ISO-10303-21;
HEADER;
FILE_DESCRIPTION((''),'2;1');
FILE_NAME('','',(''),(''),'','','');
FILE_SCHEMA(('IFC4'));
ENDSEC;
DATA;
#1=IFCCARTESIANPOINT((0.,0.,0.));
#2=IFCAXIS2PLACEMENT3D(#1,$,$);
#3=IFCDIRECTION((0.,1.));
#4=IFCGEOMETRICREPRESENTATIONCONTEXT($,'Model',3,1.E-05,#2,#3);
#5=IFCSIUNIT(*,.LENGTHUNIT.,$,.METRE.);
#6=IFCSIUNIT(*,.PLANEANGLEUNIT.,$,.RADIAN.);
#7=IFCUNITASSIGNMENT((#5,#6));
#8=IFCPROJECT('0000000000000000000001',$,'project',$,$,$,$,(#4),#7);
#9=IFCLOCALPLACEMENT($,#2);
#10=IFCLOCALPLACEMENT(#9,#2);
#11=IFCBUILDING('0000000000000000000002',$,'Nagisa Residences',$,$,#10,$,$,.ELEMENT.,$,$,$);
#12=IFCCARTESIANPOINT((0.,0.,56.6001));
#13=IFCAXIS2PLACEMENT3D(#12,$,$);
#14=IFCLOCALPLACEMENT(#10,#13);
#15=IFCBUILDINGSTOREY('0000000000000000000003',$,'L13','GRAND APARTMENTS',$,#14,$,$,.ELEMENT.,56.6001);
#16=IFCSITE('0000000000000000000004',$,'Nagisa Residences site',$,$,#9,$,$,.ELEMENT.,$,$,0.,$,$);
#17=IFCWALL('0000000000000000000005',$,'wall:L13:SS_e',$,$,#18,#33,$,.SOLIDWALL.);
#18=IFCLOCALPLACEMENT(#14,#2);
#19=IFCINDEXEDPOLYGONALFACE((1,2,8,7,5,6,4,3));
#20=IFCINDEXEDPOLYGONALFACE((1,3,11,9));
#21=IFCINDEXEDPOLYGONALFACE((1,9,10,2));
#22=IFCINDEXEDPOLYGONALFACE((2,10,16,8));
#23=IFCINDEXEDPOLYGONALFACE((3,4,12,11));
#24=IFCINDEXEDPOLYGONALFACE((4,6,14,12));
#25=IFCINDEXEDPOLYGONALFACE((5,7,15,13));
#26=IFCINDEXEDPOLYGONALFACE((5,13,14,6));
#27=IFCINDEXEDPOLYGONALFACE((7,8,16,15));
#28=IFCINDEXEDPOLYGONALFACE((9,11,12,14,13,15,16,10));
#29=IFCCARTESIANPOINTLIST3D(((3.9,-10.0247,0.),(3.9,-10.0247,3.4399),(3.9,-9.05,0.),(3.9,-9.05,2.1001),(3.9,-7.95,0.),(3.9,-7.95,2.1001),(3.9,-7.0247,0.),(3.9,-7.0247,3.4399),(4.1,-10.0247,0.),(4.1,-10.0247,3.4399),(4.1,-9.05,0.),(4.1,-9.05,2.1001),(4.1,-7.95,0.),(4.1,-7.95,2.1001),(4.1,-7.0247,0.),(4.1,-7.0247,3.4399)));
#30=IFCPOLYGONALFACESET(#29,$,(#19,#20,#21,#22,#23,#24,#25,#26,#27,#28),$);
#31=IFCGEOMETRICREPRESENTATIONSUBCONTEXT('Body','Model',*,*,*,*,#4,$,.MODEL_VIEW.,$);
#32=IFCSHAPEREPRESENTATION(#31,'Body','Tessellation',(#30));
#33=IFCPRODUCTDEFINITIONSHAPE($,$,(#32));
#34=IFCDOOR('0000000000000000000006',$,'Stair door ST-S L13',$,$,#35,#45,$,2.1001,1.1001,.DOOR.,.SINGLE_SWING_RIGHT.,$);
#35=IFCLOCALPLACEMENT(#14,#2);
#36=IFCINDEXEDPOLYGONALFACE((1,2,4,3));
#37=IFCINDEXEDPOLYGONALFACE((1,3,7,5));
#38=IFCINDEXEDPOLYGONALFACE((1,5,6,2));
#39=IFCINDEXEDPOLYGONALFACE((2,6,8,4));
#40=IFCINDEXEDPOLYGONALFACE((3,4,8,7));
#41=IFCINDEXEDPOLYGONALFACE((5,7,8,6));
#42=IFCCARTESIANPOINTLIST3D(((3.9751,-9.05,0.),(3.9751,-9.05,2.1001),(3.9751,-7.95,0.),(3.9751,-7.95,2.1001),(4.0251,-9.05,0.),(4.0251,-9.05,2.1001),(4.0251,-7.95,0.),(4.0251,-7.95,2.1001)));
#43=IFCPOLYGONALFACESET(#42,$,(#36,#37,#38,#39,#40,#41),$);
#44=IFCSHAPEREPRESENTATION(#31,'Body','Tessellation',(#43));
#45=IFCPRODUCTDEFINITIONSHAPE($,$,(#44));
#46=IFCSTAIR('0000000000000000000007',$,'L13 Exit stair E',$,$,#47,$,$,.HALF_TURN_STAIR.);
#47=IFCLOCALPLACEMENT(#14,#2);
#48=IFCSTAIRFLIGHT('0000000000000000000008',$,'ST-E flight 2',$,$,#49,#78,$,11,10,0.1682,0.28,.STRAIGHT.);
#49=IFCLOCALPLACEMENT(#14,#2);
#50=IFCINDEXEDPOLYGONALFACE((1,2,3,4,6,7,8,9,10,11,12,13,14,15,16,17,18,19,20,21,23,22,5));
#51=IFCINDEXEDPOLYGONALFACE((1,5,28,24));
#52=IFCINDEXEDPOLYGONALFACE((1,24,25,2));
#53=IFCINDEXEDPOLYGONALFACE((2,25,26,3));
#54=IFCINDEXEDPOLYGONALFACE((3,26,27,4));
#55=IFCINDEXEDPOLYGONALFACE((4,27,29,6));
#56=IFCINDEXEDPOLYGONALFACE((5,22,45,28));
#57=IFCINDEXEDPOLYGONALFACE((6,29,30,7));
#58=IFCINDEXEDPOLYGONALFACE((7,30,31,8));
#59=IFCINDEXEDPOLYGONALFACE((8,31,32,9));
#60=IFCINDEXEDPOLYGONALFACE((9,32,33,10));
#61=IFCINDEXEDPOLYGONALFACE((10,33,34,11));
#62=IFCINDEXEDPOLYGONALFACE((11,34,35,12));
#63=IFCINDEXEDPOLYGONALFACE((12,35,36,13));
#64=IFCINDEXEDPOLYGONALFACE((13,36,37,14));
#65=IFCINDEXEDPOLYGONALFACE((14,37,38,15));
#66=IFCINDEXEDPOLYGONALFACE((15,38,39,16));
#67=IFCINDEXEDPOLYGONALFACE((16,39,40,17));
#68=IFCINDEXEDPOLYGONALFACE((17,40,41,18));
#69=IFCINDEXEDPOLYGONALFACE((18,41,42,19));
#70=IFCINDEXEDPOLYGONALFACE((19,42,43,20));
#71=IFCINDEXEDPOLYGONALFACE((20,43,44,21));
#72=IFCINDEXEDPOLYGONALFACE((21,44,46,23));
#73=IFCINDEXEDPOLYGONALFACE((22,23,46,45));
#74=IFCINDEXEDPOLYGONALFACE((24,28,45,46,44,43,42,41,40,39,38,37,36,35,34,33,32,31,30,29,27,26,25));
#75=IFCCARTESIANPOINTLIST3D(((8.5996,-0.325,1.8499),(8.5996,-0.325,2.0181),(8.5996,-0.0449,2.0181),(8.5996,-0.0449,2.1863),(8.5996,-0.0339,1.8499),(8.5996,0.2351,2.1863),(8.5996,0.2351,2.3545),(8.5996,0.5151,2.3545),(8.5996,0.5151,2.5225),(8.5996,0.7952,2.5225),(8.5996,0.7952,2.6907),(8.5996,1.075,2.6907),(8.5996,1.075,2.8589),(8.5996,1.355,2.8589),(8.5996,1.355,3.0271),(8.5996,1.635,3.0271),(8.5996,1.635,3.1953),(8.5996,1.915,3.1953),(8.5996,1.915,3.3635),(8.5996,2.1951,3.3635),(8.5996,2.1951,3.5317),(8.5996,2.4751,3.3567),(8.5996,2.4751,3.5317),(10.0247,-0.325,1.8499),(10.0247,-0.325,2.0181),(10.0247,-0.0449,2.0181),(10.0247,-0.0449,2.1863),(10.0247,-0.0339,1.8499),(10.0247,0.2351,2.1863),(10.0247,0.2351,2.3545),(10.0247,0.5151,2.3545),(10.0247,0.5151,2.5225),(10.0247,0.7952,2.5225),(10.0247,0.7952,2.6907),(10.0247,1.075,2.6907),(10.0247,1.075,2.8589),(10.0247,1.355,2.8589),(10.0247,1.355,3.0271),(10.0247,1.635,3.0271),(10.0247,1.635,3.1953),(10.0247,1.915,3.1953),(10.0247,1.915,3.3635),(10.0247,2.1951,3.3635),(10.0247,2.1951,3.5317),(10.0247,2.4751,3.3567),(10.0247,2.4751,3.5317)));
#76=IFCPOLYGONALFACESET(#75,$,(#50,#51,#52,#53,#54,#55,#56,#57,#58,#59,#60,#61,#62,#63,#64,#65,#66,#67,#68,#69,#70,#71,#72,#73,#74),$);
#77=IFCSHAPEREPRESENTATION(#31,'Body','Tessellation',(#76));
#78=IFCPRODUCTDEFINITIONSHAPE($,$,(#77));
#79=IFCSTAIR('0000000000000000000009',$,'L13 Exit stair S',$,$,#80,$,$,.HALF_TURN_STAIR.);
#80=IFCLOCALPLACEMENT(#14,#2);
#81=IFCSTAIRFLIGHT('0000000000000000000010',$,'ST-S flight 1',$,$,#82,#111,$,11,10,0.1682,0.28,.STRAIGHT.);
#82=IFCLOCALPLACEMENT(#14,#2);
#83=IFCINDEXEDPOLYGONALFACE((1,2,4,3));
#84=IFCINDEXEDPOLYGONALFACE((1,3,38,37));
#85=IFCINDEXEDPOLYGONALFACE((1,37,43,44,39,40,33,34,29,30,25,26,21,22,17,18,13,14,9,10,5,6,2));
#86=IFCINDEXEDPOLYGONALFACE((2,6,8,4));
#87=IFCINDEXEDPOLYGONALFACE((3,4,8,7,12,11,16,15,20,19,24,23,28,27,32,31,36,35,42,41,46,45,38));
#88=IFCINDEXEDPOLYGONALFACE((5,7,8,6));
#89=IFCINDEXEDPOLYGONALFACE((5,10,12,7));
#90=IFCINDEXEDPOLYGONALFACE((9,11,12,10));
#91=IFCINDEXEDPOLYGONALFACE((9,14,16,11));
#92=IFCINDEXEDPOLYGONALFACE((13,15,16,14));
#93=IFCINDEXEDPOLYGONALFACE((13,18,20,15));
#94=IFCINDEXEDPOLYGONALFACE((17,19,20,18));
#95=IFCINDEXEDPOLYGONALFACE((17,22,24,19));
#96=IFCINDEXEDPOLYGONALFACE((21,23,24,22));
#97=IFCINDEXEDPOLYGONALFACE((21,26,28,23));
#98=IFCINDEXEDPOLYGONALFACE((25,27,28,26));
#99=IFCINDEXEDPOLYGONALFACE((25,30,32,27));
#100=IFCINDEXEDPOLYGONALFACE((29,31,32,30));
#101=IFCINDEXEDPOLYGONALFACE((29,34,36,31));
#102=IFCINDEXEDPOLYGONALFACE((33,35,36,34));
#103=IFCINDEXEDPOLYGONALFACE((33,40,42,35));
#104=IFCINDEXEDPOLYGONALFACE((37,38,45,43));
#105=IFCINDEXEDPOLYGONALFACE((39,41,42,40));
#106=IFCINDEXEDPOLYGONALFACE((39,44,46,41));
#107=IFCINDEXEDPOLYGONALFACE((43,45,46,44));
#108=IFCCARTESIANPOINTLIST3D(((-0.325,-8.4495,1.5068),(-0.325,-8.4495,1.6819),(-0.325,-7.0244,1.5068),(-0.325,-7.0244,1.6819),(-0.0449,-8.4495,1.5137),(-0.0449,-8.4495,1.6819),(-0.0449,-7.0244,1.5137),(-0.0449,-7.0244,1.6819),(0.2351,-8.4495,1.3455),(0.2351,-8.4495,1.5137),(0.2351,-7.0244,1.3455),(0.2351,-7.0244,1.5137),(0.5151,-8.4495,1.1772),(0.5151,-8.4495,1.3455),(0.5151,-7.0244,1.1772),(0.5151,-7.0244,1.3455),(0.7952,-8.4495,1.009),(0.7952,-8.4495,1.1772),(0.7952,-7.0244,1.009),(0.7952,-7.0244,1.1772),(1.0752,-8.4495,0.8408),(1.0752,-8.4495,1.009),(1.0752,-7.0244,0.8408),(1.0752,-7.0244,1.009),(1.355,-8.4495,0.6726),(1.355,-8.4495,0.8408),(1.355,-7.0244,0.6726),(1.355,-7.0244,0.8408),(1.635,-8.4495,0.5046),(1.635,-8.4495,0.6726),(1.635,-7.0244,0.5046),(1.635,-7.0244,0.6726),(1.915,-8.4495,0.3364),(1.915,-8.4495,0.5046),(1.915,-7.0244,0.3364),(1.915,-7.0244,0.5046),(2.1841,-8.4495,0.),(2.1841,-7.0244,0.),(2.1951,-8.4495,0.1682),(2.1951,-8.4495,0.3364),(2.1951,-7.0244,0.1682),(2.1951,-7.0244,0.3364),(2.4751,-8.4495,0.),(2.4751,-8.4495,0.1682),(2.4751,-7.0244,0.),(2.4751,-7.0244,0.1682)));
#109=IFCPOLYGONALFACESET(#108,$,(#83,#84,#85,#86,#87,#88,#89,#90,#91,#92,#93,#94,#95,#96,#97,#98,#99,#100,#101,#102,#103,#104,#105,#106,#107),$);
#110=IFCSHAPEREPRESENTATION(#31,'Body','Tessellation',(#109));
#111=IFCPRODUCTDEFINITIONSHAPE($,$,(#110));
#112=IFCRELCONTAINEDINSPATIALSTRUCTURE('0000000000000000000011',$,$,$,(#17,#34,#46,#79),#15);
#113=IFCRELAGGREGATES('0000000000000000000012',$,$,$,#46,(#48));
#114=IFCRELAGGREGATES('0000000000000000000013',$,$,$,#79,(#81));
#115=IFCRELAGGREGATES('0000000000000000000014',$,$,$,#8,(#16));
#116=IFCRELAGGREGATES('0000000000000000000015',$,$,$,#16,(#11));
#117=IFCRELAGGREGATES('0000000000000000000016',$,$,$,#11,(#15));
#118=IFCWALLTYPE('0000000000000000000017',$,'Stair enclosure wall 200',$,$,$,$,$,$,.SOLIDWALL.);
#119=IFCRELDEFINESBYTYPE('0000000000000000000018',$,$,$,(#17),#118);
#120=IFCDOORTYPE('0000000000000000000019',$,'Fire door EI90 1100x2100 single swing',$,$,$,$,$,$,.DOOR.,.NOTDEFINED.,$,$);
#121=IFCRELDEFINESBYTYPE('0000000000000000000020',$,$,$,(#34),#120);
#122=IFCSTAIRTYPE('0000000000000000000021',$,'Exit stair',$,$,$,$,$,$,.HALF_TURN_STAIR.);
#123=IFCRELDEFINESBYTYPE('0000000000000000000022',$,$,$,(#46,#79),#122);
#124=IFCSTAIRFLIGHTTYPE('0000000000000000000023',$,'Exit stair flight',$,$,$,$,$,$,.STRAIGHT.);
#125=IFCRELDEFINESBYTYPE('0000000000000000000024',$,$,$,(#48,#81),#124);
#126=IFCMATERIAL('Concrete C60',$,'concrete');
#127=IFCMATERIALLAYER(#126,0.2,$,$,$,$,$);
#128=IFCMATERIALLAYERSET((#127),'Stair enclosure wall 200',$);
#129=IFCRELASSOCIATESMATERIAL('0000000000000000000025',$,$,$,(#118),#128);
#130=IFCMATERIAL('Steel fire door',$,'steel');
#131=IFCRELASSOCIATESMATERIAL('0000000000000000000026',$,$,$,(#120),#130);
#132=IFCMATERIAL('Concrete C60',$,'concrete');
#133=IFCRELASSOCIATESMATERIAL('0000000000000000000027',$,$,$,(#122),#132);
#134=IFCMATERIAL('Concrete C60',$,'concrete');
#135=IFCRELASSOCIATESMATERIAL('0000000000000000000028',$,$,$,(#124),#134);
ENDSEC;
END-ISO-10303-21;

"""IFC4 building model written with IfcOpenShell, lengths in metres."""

from ifc_helpers import new_model, si_unit, direction, frame, frame_2d, origin, place, context, subcontext, project, spatial, polyline, rectangle, outline, extrude, material, layer, layer_set, type_object, element, fill, aggregate, save


model = new_model("IFC4")

# Units and contexts
model_context = context("Model", 3, precision=1e-05, world=origin(), true_north=direction((0.0, 1.0)))
body_context = subcontext(model_context, "Body", "Model", "MODEL_VIEW")
ifc_project = project(units=[si_unit("LENGTHUNIT", "METRE"), si_unit("PLANEANGLEUNIT", "RADIAN")], contexts=[model_context])

# Site, building, storey
site_placement = place(None, origin())
site = spatial("IfcSite", under=ifc_project, at=site_placement, Name="Nagisa Residences site", CompositionType="ELEMENT", RefElevation=0.0)
building_placement = place(site_placement, origin())
building = spatial("IfcBuilding", under=site, at=building_placement, Name="Nagisa Residences", CompositionType="ELEMENT")
storey_placement = place(building_placement, frame((0.0, 0.0, 56.6001)))
storey = spatial("IfcBuildingStorey", under=building, at=storey_placement, Name="L13", Description="GRAND APARTMENTS", CompositionType="ELEMENT", Elevation=56.6001)

# Wall, opening, door
ifc_material_1 = material(Name="Concrete C60", Category="concrete")
ifc_layer_1 = layer(ifc_material_1, 0.2)
ifc_layer_set_1 = layer_set([ifc_layer_1], Name="Stair enclosure wall 200")
wall_type_1 = type_object("IfcWallType", Name="Stair enclosure wall 200", PredefinedType="SOLIDWALL", material=ifc_layer_set_1)
wall_1_placement = place(storey_placement, frame((4.0, -10.0247, 0.0), z_axis=(0.0, 0.0, 1.0), x_axis=(0.0, 1.0, 0.0)))
wall_1 = element("IfcWall", 1, at=wall_1_placement, inside=storey, type_object=wall_type_1, Name="wall:L13:SS_e", PredefinedType="SOLIDWALL", context=body_context, shape_type="SweptSolid", body=[
    extrude(rectangle(XDim=3.0, YDim=0.2, at=frame_2d((1.5, 0.0))), origin(), (0.0, 0.0, 1.0), 3.4399),
])
opening_1_placement = place(wall_1_placement, frame((0.9746, 0.0, 0.0)))
opening_1 = element("IfcOpeningElement", 2, at=opening_1_placement, cuts=wall_1, PredefinedType="OPENING", context=body_context, shape_type="SweptSolid", body=[
    extrude(rectangle(XDim=1.1001, YDim=2.1001, at=frame_2d((0.55, 1.05))), frame((0.0, 0.1099, 0.0), z_axis=(0.0, -1.0, 0.0), x_axis=(1.0, 0.0, 0.0)), (0.0, 0.0, 1.0), 0.22),
])
ifc_material_2 = material(Name="Steel fire door", Category="steel")
door_type_1 = type_object("IfcDoorType", Name="Fire door EI90 1100x2100 single swing", OperationType="NOTDEFINED", PredefinedType="DOOR", material=ifc_material_2)
door_1_placement = place(opening_1_placement, origin())
door_1 = element("IfcDoor", 3, at=door_1_placement, inside=storey, type_object=door_type_1, Name="Stair door ST-S L13", OperationType="SINGLE_SWING_RIGHT", OverallHeight=2.1001, OverallWidth=1.1001, PredefinedType="DOOR", context=body_context, shape_type="SweptSolid", body=[
    extrude(rectangle(XDim=1.1001, YDim=2.1001, at=frame_2d((0.55, 1.05))), frame((0.0, 0.0249, 0.0), z_axis=(0.0, -1.0, 0.0), x_axis=(1.0, 0.0, 0.0)), (0.0, 0.0, 1.0), 0.05),
])
fill(opening_1, door_1)

# Stairs, stair flights
ifc_material_3 = material(Name="Concrete C60", Category="concrete")
stair_type = type_object("IfcStairType", Name="Exit stair", PredefinedType="HALF_TURN_STAIR", material=ifc_material_3)
stair_1_placement = place(storey_placement, origin())
stair_1 = element("IfcStair", 4, at=stair_1_placement, inside=storey, type_object=stair_type, Name="L13 Exit stair E", PredefinedType="HALF_TURN_STAIR")
ifc_material_4 = material(Name="Concrete C60", Category="concrete")
stair_flight_type = type_object("IfcStairFlightType", Name="Exit stair flight", PredefinedType="STRAIGHT", material=ifc_material_4)
stair_flight_1_placement = place(storey_placement, frame((9.312, -0.325, 1.8499), z_axis=(0.0, 0.0, 1.0), x_axis=(0.0, 1.0, 0.0)))
stair_flight_1 = element("IfcStairFlight", 5, at=stair_flight_1_placement, type_object=stair_flight_type, Name="ST-E flight 2", NumberOfRisers=11, NumberOfTreads=10, PredefinedType="STRAIGHT", RiserHeight=0.1682, TreadLength=0.28, context=body_context, shape_type="SweptSolid", body=[
    extrude(outline(polyline([(0.0, 0.0), (0.0, 0.1682), (0.28, 0.1682), (0.28, 0.3364), (0.5601, 0.3364), (0.5601, 0.5046), (0.8401, 0.5046), (0.8401, 0.6726), (1.1201, 0.6726), (1.1201, 0.8408), (1.3999, 0.8408), (1.3999, 1.009), (1.6799, 1.009), (1.6799, 1.1772), (1.96, 1.1772), (1.96, 1.3455), (2.24, 1.3455), (2.24, 1.5137), (2.52, 1.5137), (2.52, 1.6819), (2.8, 1.6819), (2.8, 1.8501), (2.8, 1.5068), (0.291, 0.0), (0.0, 0.0)])), frame((0.0, 0.7124, 0.0), z_axis=(0.0, -1.0, 0.0), x_axis=(1.0, 0.0, 0.0)), (0.0, 0.0, 1.0), 1.425),
])
aggregate(stair_1, [stair_flight_1])
stair_2_placement = place(storey_placement, origin())
stair_2 = element("IfcStair", 6, at=stair_2_placement, inside=storey, type_object=stair_type, Name="L13 Exit stair S", PredefinedType="HALF_TURN_STAIR")
stair_flight_2_placement = place(storey_placement, frame((2.4751, -7.7371, 0.0), z_axis=(0.0, 0.0, 1.0), x_axis=(-1.0, 0.0, 0.0)))
stair_flight_2 = element("IfcStairFlight", 7, at=stair_flight_2_placement, type_object=stair_flight_type, Name="ST-S flight 1", NumberOfRisers=11, NumberOfTreads=10, PredefinedType="STRAIGHT", RiserHeight=0.1682, TreadLength=0.28, context=body_context, shape_type="SweptSolid", body=[
    extrude(outline(polyline([(0.0, 0.0), (0.0, 0.1682), (0.28, 0.1682), (0.28, 0.3364), (0.5601, 0.3364), (0.5601, 0.5046), (0.8401, 0.5046), (0.8401, 0.6726), (1.1201, 0.6726), (1.1201, 0.8408), (1.3999, 0.8408), (1.3999, 1.009), (1.6799, 1.009), (1.6799, 1.1772), (1.96, 1.1772), (1.96, 1.3455), (2.24, 1.3455), (2.24, 1.5137), (2.52, 1.5137), (2.52, 1.6819), (2.8, 1.6819), (2.8, 1.8501), (2.8, 1.5068), (0.291, 0.0), (0.0, 0.0)])), frame((0.0, 0.7124, 0.0), z_axis=(0.0, -1.0, 0.0), x_axis=(1.0, 0.0, 0.0)), (0.0, 0.0, 1.0), 1.425),
])
aggregate(stair_2, [stair_flight_2])

save(model, "model.ifc")
